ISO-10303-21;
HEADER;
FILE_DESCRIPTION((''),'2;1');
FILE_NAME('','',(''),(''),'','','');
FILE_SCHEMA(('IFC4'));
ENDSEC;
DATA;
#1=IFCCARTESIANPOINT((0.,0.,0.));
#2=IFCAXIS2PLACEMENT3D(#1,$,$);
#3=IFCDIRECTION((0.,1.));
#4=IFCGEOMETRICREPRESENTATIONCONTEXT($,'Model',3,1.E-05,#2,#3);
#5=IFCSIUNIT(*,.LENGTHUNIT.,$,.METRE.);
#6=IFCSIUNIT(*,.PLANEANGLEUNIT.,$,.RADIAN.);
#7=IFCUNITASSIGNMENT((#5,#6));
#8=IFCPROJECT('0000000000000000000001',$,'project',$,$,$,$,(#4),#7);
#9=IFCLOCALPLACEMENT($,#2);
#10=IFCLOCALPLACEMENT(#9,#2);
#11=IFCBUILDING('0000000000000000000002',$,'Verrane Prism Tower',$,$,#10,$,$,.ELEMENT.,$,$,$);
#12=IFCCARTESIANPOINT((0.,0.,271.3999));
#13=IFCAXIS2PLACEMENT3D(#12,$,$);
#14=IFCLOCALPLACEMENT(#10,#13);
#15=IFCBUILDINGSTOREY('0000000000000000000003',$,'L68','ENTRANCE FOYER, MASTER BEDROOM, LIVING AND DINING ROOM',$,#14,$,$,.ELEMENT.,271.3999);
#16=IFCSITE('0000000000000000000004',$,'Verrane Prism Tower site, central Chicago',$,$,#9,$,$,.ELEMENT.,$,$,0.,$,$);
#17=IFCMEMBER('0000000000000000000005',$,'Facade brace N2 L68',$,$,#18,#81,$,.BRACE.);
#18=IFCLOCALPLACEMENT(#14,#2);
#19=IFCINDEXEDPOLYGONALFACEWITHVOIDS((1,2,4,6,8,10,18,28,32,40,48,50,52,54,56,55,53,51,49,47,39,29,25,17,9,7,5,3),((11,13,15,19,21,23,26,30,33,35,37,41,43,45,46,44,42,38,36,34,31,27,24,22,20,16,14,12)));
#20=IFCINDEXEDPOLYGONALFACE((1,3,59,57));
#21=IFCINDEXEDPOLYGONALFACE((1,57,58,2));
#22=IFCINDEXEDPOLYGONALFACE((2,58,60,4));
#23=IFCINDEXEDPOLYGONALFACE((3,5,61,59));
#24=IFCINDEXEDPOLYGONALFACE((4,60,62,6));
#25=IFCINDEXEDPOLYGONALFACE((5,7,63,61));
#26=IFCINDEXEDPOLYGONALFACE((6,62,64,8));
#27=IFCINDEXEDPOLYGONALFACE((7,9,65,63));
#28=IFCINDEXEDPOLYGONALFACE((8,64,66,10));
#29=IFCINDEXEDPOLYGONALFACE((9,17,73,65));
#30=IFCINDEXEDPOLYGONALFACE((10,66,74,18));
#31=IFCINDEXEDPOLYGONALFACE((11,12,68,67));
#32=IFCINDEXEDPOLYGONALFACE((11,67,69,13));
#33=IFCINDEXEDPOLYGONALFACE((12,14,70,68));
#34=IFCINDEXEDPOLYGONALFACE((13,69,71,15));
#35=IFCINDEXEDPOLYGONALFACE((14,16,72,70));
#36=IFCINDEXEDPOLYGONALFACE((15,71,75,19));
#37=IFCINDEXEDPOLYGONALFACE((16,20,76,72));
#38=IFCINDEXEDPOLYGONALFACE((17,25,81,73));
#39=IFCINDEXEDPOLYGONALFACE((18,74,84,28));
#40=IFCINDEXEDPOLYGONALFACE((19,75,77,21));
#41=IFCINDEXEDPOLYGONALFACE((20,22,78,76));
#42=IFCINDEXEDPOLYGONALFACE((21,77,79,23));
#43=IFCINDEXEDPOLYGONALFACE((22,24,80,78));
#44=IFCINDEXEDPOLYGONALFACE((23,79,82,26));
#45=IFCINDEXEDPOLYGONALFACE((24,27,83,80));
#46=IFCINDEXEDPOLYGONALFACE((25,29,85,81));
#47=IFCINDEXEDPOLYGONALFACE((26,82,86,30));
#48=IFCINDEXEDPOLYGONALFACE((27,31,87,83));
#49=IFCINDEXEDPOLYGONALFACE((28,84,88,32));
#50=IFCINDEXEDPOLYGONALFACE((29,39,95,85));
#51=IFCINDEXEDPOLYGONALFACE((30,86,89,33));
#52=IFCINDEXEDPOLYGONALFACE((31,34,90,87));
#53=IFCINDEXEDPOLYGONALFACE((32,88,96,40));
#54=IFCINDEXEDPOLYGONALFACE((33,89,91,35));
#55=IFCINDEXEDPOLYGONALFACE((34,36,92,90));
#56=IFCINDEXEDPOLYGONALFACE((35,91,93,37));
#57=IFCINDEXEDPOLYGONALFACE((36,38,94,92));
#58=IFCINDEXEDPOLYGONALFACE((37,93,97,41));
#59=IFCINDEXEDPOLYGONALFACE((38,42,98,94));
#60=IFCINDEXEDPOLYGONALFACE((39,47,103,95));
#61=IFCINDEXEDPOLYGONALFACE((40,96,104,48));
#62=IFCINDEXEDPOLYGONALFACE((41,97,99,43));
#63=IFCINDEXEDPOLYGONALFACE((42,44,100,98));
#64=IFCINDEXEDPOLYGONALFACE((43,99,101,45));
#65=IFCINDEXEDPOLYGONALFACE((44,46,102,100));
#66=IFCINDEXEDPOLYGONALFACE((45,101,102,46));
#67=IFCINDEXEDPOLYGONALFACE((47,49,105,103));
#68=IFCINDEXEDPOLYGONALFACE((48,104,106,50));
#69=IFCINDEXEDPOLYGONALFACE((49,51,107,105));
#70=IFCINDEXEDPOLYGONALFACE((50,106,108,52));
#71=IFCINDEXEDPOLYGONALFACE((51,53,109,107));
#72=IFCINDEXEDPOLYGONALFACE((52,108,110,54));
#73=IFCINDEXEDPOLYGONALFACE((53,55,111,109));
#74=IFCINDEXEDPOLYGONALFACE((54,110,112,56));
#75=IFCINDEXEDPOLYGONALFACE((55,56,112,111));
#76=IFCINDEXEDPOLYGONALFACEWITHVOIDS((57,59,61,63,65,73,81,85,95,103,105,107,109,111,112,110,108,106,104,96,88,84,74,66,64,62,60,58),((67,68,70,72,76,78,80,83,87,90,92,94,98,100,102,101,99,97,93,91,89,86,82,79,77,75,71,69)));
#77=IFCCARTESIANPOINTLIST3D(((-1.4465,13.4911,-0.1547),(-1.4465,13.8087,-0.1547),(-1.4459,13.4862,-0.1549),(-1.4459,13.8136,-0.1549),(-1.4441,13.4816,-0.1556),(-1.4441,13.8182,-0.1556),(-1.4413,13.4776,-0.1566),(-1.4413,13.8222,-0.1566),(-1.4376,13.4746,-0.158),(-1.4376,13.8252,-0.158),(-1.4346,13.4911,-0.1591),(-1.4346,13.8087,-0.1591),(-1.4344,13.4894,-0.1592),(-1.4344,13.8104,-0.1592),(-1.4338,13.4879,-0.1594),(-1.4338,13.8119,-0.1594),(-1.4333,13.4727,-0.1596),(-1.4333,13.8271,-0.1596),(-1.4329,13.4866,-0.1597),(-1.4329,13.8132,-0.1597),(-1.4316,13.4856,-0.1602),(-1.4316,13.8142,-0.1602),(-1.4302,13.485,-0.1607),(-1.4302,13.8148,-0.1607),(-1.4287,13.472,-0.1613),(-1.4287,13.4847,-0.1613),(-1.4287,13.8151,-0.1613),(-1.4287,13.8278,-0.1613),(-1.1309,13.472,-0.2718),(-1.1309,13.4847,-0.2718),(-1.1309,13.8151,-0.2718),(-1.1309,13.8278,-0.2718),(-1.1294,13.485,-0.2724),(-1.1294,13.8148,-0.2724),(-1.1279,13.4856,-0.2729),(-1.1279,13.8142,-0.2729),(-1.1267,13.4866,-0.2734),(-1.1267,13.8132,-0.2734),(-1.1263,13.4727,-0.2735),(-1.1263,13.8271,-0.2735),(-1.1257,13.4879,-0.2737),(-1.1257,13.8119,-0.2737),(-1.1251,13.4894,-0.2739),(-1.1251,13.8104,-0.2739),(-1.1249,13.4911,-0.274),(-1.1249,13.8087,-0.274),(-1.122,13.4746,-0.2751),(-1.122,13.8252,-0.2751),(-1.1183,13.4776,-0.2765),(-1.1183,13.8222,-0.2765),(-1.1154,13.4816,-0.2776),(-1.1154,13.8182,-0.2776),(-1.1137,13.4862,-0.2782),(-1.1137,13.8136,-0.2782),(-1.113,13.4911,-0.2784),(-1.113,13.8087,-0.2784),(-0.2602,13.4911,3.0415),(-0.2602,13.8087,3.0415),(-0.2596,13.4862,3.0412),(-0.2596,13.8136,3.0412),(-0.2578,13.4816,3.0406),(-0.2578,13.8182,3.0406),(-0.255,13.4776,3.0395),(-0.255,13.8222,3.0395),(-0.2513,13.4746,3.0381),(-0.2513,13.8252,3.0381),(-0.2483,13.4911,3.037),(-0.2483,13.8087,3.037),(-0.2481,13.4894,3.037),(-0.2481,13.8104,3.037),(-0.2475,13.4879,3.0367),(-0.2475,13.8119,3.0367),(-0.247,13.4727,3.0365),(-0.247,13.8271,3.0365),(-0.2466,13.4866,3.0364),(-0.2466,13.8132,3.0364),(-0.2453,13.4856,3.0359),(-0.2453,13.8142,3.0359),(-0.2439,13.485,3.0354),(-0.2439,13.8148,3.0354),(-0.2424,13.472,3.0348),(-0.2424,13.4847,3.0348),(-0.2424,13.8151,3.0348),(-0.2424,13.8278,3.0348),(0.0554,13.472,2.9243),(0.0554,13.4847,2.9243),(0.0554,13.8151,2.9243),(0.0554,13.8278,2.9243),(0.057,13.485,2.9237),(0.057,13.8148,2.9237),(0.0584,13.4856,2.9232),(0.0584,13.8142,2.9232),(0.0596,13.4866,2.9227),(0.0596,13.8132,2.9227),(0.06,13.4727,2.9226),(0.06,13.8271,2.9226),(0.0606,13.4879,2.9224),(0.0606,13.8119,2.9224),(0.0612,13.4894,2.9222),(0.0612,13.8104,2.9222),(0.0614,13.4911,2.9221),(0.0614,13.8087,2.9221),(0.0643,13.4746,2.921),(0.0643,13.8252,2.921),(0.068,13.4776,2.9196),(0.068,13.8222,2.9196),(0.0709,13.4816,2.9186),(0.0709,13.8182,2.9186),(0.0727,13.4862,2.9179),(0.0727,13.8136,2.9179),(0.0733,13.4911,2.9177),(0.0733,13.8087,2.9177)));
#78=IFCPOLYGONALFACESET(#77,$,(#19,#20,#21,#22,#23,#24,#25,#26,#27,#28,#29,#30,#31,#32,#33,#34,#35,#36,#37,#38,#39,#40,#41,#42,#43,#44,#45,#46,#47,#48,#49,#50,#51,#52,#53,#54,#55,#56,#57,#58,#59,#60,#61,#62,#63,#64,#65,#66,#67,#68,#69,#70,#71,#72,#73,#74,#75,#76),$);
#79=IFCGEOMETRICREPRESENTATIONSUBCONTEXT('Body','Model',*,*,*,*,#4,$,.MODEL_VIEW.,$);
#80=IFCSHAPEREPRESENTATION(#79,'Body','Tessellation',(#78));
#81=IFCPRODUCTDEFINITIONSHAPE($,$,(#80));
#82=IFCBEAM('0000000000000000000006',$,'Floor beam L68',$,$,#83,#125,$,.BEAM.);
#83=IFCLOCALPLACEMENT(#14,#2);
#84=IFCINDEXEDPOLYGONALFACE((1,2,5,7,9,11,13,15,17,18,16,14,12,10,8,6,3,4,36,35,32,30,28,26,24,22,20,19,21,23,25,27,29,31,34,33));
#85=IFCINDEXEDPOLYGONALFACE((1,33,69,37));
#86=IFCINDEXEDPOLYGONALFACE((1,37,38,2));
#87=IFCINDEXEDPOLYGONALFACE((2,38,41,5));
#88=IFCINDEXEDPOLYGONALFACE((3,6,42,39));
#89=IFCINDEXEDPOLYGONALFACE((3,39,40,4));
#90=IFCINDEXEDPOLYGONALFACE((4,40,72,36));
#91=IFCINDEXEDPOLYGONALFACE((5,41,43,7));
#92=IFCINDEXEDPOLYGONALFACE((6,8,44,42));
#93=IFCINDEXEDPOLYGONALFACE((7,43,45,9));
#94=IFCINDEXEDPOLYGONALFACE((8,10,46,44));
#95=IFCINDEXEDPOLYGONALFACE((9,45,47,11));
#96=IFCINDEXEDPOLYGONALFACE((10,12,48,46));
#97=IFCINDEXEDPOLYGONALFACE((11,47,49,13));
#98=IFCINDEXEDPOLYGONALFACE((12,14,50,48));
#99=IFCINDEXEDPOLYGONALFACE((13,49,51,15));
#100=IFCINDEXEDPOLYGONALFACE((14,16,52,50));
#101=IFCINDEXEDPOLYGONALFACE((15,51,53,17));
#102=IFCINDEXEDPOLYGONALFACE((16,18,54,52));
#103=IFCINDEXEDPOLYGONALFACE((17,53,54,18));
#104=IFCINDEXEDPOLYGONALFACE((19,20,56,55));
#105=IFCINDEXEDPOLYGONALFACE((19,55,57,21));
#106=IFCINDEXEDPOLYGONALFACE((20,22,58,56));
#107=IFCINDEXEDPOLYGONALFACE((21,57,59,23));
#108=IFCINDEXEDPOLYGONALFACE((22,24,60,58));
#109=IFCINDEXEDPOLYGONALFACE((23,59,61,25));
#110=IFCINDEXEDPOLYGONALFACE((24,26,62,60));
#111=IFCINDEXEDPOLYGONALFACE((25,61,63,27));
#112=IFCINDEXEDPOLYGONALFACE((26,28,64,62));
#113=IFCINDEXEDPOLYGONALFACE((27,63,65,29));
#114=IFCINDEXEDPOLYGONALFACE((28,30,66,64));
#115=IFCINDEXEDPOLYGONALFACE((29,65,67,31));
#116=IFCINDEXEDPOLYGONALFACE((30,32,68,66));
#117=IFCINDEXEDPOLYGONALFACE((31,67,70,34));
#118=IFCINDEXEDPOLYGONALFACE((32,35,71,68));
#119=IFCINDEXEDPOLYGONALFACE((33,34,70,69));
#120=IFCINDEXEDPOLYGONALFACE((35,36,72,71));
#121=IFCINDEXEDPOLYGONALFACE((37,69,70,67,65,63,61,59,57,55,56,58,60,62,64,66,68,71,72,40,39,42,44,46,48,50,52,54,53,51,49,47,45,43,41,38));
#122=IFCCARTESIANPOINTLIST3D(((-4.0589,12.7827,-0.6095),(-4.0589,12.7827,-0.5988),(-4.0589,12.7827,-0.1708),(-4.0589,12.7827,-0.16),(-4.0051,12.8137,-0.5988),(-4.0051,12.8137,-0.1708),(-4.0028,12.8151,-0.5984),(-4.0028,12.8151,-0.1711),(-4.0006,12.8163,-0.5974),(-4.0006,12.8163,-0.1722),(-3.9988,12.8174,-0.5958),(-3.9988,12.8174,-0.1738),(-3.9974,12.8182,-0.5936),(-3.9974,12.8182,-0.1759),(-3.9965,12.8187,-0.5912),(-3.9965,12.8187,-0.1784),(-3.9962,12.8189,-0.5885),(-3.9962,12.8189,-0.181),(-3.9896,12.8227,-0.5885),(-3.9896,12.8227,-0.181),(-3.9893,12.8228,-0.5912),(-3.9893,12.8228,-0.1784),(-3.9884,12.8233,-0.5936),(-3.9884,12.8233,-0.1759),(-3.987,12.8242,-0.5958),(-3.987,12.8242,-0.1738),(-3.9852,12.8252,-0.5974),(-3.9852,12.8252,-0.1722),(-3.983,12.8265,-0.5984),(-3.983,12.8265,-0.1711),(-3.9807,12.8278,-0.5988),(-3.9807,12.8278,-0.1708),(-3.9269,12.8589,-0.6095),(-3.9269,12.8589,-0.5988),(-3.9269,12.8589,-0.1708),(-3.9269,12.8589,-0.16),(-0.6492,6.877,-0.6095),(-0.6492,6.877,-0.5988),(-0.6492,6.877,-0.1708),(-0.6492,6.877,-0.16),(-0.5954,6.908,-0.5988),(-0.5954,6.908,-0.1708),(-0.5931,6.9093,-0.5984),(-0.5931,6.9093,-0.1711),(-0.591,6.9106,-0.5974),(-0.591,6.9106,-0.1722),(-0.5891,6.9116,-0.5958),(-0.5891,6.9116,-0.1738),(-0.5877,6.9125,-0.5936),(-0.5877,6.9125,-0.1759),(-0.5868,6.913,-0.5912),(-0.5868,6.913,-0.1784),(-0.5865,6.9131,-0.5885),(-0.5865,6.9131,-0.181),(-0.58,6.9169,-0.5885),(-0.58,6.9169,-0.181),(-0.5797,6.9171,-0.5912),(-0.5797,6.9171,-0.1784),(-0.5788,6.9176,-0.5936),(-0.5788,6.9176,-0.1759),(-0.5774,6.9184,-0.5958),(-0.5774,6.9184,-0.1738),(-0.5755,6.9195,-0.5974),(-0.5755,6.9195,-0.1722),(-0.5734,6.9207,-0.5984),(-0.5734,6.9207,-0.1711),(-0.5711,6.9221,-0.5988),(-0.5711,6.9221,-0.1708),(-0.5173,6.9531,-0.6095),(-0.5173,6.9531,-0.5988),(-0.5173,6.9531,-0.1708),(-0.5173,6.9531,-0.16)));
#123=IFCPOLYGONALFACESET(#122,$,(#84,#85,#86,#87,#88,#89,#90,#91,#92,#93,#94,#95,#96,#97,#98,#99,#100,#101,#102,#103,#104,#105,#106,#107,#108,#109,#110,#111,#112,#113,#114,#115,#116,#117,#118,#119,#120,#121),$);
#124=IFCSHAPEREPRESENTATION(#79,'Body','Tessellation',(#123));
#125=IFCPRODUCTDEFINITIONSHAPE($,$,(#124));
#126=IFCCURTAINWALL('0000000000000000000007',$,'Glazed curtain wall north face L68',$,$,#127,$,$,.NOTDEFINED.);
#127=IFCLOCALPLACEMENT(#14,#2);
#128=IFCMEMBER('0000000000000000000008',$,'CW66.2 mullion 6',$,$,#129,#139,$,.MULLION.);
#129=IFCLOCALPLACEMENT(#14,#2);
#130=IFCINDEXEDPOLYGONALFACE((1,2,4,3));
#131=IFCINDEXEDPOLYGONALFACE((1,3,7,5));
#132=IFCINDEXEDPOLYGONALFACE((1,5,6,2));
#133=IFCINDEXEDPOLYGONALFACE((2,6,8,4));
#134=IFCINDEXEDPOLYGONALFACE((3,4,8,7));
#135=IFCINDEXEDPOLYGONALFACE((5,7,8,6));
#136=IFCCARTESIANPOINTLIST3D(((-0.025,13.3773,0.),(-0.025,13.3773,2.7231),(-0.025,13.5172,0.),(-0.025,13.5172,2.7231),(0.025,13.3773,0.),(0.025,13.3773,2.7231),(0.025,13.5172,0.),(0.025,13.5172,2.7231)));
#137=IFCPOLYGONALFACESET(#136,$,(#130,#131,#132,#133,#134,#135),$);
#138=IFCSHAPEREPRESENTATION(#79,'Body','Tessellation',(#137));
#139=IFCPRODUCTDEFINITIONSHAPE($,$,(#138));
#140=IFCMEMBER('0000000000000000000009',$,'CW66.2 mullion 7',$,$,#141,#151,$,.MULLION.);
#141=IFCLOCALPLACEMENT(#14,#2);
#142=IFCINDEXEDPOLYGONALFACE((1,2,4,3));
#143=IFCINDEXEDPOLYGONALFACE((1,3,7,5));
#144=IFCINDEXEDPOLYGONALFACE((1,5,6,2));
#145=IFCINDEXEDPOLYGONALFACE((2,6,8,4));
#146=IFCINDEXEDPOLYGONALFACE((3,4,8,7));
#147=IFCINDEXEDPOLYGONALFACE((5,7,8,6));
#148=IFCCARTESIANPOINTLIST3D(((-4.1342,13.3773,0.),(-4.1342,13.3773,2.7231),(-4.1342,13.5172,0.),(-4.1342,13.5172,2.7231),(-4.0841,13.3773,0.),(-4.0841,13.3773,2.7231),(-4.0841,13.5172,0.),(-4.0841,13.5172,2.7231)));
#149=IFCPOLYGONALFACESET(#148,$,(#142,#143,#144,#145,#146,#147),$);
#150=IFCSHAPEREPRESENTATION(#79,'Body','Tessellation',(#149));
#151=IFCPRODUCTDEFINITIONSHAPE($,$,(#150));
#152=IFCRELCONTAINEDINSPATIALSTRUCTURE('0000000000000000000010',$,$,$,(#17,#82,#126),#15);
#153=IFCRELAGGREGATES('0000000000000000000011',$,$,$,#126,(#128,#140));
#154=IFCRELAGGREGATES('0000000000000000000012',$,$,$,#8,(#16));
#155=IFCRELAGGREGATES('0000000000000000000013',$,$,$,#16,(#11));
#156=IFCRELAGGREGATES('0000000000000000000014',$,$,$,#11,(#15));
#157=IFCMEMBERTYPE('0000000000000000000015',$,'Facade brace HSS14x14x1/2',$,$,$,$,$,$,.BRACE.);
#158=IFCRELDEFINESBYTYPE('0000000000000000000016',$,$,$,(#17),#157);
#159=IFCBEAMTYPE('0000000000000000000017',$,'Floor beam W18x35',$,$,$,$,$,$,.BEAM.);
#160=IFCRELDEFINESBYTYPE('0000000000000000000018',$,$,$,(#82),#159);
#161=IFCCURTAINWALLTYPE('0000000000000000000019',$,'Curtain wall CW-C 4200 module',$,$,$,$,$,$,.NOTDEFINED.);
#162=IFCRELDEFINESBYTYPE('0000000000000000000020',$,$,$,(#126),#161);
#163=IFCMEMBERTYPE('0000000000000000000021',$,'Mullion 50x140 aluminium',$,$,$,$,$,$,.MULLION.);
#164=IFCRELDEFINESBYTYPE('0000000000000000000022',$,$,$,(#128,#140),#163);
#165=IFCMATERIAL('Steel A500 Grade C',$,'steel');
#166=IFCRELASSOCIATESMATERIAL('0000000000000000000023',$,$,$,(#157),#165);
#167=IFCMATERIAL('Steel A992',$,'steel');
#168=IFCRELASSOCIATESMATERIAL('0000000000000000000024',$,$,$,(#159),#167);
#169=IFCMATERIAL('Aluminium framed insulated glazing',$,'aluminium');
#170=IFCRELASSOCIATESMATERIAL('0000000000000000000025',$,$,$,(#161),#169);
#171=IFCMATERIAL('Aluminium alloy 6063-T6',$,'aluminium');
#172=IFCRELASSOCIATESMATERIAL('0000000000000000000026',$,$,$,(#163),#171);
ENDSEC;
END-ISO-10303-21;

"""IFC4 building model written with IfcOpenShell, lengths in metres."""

from ifc_helpers import new_model, si_unit, direction, frame, origin, origin_2d, place, context, subcontext, project, spatial, rectangle, hollow_rectangle, i_section, extrude, material, material_profile, profile_set, type_object, element, aggregate, save


model = new_model("IFC4")

# Units and contexts
model_context = context("Model", 3, precision=1e-05, world=origin(), true_north=direction((0.0, 1.0)))
body_context = subcontext(model_context, "Body", "Model", "MODEL_VIEW")
ifc_project = project(units=[si_unit("LENGTHUNIT", "METRE"), si_unit("PLANEANGLEUNIT", "RADIAN")], contexts=[model_context])

# Site, building, storey
site_placement = place(None, origin())
site = spatial("IfcSite", under=ifc_project, at=site_placement, Name="Verrane Prism Tower site, central Chicago", CompositionType="ELEMENT", RefElevation=0.0)
building_placement = place(site_placement, origin())
building = spatial("IfcBuilding", under=site, at=building_placement, Name="Verrane Prism Tower", CompositionType="ELEMENT")
storey_placement = place(building_placement, frame((0.0, 0.0, 271.3999)))
storey = spatial("IfcBuildingStorey", under=building, at=storey_placement, Name="L68", Description="ENTRANCE FOYER, MASTER BEDROOM, LIVING AND DINING ROOM", CompositionType="ELEMENT", Elevation=271.3999)

# Member
ifc_material_1 = material(Name="Steel A500 Grade C", Category="steel")
ifc_material_profile_1 = material_profile(ifc_material_1, hollow_rectangle(XDim=0.3557, YDim=0.3557, WallThickness=0.0127, InnerFilletRadius=0.0063, OuterFilletRadius=0.019, at=origin_2d()), Name="HSS14x14x1/2")
ifc_profile_set_1 = profile_set([ifc_material_profile_1], Name="Steel A500 Grade C")
member_type_1 = type_object("IfcMemberType", Name="Facade brace HSS14x14x1/2", PredefinedType="BRACE", material=ifc_profile_set_1)
member_1_placement = place(storey_placement, frame((-1.2798, 13.6499, -0.2166), z_axis=(0.347974, 0.0, 0.937504), x_axis=(0.0, 1.0, 0.0)))
element("IfcMember", 1, at=member_1_placement, inside=storey, type_object=member_type_1, Name="Facade brace N2 L68", PredefinedType="BRACE", context=body_context, shape_type="SweptSolid", body=[
    extrude(hollow_rectangle(XDim=0.3557, YDim=0.3557, WallThickness=0.0127, InnerFilletRadius=0.0063, OuterFilletRadius=0.019, at=origin_2d()), origin(), (0.0, 0.0, 1.0), 3.4092),
])

# Beam
ifc_material_2 = material(Name="Steel A992", Category="steel")
ifc_material_profile_2 = material_profile(ifc_material_2, i_section(OverallWidth=0.1523, OverallDepth=0.4495, WebThickness=0.0076, FlangeThickness=0.0107, FilletRadius=0.0103, at=origin_2d()), Name="W18x35")
ifc_profile_set_2 = profile_set([ifc_material_profile_2], Name="Steel A992")
beam_type_1 = type_object("IfcBeamType", Name="Floor beam W18x35", PredefinedType="BEAM", material=ifc_profile_set_2)
beam_1_placement = place(storey_placement, frame((-0.5833, 6.915, -0.3848), z_axis=(-0.499997, 0.866027, 0.0), x_axis=(-0.866027, -0.499997, 0.0)))
element("IfcBeam", 2, at=beam_1_placement, inside=storey, type_object=beam_type_1, Name="Floor beam L68", PredefinedType="BEAM", context=body_context, shape_type="SweptSolid", body=[
    extrude(i_section(OverallWidth=0.1523, OverallDepth=0.4495, WebThickness=0.0076, FlangeThickness=0.0107, FilletRadius=0.0103, at=origin_2d()), origin(), (0.0, 0.0, 1.0), 6.8193),
])

# Curtain wall, members
ifc_material_3 = material(Name="Aluminium framed insulated glazing", Category="aluminium")
curtain_wall_type = type_object("IfcCurtainWallType", Name="Curtain wall CW-C 4200 module", PredefinedType="NOTDEFINED", material=ifc_material_3)
curtain_wall_placement = place(storey_placement, origin())
curtain_wall = element("IfcCurtainWall", 3, at=curtain_wall_placement, inside=storey, type_object=curtain_wall_type, Name="Glazed curtain wall north face L68", PredefinedType="NOTDEFINED")
ifc_material_4 = material(Name="Aluminium alloy 6063-T6", Category="aluminium")
ifc_material_profile_3 = material_profile(ifc_material_4, rectangle(XDim=0.1399, YDim=0.05, at=origin_2d()), Name="Mullion 50x140 aluminium")
ifc_profile_set_3 = profile_set([ifc_material_profile_3], Name="Aluminium alloy 6063-T6")
member_type_2 = type_object("IfcMemberType", Name="Mullion 50x140 aluminium", PredefinedType="MULLION", material=ifc_profile_set_3)
member_2_placement = place(storey_placement, frame((0.0, 13.4473, 0.0), z_axis=(0.0, 0.0, 1.0), x_axis=(0.0, -1.0, 0.0)))
member_2 = element("IfcMember", 4, at=member_2_placement, type_object=member_type_2, Name="CW66.2 mullion 6", PredefinedType="MULLION", context=body_context, shape_type="SweptSolid", body=[
    extrude(rectangle(XDim=0.1399, YDim=0.05, at=origin_2d()), origin(), (0.0, 0.0, 1.0), 2.7231),
])
member_3_placement = place(storey_placement, frame((-4.1091, 13.4473, 0.0), z_axis=(0.0, 0.0, 1.0), x_axis=(0.0, -1.0, 0.0)))
member_3 = element("IfcMember", 5, at=member_3_placement, type_object=member_type_2, Name="CW66.2 mullion 7", PredefinedType="MULLION", context=body_context, shape_type="SweptSolid", body=[
    extrude(rectangle(XDim=0.1399, YDim=0.05, at=origin_2d()), origin(), (0.0, 0.0, 1.0), 2.7231),
])

aggregate(curtain_wall, [member_2, member_3])

save(model, "model.ifc")
